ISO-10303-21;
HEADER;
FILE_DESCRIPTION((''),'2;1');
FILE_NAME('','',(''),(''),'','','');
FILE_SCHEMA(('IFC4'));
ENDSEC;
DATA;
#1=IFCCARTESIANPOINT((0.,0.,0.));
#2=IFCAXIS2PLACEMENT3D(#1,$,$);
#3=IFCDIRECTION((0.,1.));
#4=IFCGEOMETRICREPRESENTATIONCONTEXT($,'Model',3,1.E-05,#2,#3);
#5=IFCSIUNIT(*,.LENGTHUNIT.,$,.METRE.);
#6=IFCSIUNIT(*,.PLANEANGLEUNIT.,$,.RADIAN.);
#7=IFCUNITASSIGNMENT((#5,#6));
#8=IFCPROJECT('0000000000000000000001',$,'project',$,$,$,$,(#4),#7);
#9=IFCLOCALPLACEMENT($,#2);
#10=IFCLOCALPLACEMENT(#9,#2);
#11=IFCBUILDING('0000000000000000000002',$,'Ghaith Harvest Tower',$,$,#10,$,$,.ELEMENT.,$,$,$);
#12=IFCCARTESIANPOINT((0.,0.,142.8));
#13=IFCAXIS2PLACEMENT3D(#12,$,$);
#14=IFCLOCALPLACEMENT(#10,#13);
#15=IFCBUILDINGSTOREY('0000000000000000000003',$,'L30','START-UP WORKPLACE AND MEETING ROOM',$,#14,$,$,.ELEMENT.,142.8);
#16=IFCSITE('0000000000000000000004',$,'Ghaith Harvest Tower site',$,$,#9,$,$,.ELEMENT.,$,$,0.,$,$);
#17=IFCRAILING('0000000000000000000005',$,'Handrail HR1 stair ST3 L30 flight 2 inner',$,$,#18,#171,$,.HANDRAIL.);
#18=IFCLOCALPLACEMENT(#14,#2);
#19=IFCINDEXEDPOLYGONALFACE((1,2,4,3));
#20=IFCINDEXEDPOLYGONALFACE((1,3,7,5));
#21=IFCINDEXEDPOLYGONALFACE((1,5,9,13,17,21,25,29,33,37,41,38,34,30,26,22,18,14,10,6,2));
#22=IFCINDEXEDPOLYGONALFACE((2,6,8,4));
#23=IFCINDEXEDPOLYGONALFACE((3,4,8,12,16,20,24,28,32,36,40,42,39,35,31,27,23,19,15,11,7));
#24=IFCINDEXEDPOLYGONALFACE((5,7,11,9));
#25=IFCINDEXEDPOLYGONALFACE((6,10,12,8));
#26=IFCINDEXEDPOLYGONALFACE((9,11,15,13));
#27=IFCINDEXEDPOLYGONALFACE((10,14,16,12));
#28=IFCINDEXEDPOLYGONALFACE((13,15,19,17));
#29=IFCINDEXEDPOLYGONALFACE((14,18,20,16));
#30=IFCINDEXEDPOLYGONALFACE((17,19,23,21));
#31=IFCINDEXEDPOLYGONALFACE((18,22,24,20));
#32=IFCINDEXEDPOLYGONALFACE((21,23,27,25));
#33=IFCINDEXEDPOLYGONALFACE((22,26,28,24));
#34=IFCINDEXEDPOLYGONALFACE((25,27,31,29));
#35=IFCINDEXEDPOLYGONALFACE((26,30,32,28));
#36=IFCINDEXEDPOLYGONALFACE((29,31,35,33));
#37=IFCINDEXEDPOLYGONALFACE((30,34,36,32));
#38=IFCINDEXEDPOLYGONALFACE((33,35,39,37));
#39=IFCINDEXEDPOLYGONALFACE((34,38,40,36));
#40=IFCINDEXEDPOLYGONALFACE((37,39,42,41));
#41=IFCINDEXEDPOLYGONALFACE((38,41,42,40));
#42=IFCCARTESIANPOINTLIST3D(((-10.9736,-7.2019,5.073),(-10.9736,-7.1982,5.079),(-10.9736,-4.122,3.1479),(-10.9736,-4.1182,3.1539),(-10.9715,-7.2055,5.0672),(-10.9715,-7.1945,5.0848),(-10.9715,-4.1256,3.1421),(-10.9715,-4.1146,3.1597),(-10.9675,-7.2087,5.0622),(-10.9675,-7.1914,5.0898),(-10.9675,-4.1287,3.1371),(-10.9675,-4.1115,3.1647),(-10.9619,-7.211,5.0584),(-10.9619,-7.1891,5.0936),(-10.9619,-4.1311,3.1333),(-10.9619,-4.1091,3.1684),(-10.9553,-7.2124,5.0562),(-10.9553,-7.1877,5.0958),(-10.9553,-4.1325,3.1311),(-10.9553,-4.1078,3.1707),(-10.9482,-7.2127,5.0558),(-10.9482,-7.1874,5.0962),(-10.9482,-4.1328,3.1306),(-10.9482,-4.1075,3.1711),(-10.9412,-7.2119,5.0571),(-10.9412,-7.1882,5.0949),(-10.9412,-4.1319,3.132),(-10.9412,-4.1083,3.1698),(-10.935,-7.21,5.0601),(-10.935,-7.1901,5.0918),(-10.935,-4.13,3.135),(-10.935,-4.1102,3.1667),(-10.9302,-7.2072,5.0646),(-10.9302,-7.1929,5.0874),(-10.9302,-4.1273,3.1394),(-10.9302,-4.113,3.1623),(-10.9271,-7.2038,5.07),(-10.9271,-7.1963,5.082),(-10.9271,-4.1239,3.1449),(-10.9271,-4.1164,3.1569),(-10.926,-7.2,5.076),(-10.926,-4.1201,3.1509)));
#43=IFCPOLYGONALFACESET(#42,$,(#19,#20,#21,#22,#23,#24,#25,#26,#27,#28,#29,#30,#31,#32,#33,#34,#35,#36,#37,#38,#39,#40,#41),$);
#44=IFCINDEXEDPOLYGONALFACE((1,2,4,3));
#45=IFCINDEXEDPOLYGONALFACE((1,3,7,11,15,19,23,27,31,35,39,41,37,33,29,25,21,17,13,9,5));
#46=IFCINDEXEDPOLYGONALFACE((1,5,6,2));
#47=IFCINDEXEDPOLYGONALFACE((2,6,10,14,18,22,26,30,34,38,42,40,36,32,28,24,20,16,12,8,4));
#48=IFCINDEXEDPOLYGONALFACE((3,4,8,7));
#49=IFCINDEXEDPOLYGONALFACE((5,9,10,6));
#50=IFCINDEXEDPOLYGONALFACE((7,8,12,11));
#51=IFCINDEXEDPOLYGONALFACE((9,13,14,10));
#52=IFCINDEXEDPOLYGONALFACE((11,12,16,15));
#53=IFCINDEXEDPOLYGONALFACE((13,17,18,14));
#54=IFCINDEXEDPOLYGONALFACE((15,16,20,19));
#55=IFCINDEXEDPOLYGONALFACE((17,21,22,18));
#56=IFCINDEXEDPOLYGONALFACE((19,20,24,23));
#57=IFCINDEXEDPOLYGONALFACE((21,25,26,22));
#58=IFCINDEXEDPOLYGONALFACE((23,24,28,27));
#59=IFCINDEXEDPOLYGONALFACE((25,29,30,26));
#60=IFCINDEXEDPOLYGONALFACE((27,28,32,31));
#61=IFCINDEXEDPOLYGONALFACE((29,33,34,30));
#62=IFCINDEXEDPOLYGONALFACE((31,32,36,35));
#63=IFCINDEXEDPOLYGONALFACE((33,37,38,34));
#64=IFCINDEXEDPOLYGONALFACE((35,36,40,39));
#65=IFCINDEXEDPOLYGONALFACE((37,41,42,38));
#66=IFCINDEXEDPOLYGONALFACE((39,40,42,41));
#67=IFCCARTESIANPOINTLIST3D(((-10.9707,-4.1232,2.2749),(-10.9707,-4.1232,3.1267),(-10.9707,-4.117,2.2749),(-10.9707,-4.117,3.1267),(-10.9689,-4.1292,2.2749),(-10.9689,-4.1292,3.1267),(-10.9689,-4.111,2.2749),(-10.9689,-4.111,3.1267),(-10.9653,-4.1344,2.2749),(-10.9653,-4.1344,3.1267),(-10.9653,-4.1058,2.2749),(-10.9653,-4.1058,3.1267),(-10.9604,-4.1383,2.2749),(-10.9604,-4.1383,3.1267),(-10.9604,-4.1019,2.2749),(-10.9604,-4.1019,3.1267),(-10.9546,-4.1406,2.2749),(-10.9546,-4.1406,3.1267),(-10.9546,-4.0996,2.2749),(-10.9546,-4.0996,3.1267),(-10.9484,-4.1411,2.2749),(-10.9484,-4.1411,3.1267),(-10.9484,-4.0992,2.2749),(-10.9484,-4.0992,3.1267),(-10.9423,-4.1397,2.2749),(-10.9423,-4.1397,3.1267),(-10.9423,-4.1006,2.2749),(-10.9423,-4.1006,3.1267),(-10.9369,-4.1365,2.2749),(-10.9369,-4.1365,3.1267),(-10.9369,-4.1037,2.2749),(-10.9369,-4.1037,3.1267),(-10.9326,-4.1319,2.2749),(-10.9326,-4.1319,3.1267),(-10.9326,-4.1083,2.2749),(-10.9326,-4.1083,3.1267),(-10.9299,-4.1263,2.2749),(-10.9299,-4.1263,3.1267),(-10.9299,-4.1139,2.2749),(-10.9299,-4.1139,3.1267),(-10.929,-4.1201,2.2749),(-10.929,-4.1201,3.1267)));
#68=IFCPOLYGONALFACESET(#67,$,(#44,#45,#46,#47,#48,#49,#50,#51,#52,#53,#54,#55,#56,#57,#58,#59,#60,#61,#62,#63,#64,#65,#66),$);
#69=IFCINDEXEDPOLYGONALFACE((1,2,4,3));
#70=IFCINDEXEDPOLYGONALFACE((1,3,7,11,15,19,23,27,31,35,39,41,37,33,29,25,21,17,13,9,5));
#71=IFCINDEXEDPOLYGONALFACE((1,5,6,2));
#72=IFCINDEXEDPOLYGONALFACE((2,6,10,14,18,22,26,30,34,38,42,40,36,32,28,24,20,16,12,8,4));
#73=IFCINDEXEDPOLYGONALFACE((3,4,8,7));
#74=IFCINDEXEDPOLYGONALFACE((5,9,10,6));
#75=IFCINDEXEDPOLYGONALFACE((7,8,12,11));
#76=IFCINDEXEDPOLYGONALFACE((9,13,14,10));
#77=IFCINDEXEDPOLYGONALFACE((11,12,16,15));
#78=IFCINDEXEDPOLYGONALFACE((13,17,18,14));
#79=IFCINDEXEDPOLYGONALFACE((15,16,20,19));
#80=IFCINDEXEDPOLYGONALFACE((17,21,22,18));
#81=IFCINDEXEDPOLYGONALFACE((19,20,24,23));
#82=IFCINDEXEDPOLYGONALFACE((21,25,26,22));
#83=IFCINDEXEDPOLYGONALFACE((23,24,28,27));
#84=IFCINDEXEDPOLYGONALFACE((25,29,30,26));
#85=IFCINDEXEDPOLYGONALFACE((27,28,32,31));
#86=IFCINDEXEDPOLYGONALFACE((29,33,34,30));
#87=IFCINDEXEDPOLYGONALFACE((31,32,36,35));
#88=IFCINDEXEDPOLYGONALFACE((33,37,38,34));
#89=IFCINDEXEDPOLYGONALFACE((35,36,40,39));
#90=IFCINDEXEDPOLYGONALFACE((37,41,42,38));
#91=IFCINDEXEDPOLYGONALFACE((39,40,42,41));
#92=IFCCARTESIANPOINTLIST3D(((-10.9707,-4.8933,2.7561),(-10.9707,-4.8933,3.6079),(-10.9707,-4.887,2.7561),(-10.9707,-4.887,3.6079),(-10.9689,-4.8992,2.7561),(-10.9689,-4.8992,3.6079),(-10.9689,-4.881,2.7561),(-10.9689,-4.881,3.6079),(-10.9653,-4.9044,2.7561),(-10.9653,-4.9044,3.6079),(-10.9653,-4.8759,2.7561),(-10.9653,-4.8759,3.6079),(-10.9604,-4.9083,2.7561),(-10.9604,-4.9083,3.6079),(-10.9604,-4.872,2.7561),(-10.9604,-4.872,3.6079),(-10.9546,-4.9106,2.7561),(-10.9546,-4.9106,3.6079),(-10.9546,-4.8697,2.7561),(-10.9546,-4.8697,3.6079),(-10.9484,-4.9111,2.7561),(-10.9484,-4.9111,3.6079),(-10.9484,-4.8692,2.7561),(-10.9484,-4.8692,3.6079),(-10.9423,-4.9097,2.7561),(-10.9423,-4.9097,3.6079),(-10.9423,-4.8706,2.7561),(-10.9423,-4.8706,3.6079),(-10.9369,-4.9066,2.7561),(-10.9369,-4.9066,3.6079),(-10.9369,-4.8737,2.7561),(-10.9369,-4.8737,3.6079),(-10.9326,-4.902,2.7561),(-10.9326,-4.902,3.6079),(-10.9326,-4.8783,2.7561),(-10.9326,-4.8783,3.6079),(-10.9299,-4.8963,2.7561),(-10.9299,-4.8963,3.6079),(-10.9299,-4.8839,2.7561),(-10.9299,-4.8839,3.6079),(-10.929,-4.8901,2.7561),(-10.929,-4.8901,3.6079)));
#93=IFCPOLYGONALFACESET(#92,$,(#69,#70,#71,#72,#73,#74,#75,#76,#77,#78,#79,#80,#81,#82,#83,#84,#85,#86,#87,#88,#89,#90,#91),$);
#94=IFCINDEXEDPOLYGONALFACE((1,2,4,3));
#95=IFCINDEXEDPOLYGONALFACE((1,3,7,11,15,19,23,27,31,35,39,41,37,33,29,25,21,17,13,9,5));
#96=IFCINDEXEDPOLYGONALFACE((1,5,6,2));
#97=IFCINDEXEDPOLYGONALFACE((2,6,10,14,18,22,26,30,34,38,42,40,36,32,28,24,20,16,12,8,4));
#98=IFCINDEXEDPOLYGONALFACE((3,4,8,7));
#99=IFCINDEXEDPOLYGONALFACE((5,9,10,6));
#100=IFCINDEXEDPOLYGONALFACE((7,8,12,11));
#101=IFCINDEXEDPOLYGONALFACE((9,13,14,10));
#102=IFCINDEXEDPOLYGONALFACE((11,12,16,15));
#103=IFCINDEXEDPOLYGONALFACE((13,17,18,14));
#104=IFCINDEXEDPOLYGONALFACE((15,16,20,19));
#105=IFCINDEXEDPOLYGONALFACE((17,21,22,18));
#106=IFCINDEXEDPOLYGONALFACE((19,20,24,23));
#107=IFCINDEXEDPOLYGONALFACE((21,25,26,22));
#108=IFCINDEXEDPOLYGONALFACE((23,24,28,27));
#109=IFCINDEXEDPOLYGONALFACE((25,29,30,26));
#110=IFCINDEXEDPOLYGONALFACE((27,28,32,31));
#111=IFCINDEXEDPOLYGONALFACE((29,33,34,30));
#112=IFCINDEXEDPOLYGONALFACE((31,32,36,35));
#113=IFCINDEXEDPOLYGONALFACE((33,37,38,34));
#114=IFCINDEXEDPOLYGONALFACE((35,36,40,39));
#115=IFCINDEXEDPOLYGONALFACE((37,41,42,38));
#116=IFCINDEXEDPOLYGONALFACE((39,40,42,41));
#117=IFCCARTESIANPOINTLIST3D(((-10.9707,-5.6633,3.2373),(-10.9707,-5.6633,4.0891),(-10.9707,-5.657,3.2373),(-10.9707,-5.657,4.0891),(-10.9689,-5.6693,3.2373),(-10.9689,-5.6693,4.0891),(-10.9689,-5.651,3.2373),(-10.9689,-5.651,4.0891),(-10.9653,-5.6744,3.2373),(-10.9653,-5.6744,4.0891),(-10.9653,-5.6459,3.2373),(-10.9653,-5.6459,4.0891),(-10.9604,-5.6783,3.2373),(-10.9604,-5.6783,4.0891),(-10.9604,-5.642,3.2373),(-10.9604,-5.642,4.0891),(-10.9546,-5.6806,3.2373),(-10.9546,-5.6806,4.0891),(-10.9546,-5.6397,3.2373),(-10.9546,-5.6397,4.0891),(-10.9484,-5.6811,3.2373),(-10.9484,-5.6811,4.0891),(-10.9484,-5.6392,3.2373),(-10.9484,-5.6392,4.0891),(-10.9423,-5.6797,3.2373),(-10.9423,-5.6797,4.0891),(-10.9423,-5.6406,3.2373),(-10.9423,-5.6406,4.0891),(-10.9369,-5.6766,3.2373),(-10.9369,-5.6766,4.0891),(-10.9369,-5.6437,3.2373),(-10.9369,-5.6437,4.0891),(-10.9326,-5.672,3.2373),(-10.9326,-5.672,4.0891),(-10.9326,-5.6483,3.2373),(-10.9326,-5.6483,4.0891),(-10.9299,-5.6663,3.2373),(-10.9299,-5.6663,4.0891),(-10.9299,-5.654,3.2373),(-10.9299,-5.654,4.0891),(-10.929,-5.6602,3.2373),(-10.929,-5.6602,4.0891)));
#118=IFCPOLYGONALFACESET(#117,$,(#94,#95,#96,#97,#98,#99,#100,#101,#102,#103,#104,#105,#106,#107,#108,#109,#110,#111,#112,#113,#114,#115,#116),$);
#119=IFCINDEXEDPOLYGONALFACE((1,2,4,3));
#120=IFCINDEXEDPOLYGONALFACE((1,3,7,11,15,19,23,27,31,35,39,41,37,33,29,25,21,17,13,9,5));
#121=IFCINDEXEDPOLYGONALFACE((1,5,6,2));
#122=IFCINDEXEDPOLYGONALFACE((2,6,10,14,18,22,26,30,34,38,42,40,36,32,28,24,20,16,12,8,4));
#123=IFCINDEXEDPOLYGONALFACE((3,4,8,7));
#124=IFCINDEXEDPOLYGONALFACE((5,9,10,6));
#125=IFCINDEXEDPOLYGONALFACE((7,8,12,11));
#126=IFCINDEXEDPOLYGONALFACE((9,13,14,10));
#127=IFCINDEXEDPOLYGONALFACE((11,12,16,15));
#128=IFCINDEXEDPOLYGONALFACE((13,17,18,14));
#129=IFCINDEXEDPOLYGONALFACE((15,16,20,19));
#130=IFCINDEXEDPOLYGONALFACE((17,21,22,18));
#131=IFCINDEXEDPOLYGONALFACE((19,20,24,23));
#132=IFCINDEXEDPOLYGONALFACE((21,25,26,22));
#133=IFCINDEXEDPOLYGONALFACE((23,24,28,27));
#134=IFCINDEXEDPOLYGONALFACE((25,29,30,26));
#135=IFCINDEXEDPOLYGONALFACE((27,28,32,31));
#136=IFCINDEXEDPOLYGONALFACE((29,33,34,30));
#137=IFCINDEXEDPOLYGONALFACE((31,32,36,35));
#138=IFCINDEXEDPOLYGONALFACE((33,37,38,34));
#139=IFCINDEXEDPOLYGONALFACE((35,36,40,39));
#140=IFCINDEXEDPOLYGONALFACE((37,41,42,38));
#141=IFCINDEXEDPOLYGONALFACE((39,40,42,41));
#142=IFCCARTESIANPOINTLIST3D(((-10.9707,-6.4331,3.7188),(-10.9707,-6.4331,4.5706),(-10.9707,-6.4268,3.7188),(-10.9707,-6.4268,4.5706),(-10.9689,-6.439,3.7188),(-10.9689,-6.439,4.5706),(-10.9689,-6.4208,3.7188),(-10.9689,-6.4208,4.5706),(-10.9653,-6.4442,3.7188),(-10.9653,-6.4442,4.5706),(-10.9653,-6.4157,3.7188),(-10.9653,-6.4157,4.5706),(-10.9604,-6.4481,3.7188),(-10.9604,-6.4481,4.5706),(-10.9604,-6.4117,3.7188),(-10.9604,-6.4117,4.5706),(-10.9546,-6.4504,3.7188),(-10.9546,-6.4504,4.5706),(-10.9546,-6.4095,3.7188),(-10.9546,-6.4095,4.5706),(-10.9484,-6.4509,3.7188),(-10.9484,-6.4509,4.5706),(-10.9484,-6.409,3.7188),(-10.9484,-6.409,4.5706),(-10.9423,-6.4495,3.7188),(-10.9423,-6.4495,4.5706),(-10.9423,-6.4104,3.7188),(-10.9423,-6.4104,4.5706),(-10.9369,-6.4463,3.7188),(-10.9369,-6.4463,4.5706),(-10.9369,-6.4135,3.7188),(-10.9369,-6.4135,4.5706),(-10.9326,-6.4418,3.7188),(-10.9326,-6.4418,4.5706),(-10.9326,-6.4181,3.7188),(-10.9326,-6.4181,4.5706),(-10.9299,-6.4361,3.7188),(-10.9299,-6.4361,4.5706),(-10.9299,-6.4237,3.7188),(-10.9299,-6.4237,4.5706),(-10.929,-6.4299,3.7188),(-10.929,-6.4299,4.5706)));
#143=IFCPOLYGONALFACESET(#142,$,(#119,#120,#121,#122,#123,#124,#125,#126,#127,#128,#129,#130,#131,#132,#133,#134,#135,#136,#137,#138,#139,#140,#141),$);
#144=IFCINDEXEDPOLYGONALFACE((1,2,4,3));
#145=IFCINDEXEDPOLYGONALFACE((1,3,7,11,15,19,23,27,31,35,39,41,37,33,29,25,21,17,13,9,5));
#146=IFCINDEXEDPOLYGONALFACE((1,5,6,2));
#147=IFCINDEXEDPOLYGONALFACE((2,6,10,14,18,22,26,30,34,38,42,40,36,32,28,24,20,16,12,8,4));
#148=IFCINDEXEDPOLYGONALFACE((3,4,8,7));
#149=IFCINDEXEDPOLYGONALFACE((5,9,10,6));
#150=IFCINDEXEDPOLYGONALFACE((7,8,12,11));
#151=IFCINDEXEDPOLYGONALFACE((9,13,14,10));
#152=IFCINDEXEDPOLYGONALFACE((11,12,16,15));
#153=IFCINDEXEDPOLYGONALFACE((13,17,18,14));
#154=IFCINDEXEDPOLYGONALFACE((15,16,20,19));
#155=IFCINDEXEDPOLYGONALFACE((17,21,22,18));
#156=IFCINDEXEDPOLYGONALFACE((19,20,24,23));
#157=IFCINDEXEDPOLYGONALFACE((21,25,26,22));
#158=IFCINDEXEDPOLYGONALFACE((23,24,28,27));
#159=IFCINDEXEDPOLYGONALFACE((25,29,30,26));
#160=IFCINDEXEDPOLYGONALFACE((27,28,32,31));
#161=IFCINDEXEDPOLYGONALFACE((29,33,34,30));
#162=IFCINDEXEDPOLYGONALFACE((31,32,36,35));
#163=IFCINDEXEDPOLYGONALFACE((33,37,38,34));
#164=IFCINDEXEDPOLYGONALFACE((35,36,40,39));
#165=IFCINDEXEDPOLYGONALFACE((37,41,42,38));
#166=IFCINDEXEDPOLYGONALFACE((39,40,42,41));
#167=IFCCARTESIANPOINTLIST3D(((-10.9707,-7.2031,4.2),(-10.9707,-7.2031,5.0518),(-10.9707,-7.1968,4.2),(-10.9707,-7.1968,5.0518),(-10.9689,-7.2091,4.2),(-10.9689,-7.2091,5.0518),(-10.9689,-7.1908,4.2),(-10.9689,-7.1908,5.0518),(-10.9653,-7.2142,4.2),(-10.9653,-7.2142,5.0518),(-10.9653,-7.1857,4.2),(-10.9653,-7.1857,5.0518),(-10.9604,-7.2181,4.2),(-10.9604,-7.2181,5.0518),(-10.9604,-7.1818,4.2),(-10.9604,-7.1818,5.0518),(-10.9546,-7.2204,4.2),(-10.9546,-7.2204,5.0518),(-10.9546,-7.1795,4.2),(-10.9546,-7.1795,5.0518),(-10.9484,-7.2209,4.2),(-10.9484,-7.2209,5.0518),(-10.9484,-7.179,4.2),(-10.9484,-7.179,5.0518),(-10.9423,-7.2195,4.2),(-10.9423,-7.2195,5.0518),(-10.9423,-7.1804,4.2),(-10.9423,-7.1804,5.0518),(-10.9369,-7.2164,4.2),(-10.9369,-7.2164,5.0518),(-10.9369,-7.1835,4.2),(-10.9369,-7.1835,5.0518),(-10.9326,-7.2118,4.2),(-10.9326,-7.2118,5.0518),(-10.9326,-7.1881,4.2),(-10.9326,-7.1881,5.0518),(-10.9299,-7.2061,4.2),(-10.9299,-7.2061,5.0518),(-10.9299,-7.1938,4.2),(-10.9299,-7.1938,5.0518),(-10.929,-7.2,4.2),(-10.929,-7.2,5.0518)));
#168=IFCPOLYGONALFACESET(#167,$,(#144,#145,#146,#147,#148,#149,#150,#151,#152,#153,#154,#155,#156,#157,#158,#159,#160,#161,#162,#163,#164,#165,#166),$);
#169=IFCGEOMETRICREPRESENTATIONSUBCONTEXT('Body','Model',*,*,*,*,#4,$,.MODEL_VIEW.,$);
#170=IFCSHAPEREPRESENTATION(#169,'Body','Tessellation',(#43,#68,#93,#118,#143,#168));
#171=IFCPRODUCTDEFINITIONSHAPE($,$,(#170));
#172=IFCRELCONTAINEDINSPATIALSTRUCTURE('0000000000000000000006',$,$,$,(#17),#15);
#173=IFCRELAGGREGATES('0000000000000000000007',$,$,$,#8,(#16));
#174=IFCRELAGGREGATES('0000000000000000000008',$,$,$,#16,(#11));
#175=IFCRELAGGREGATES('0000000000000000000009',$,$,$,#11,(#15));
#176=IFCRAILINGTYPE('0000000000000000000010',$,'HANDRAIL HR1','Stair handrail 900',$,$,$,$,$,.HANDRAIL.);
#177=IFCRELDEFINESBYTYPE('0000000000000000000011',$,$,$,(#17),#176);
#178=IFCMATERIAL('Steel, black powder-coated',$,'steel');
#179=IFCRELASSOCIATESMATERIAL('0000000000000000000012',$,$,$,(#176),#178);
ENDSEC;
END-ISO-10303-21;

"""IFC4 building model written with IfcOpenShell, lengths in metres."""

from ifc_helpers import new_model, si_unit, direction, frame, origin, origin_2d, place, context, subcontext, project, spatial, circle, extrude, material, type_object, element, save


model = new_model("IFC4")

# Units and contexts
model_context = context("Model", 3, precision=1e-05, world=origin(), true_north=direction((0.0, 1.0)))
body_context = subcontext(model_context, "Body", "Model", "MODEL_VIEW")
ifc_project = project(units=[si_unit("LENGTHUNIT", "METRE"), si_unit("PLANEANGLEUNIT", "RADIAN")], contexts=[model_context])

# Site, building, storey
site_placement = place(None, origin())
site = spatial("IfcSite", under=ifc_project, at=site_placement, Name="Ghaith Harvest Tower site", CompositionType="ELEMENT", RefElevation=0.0)
building_placement = place(site_placement, origin())
building = spatial("IfcBuilding", under=site, at=building_placement, Name="Ghaith Harvest Tower", CompositionType="ELEMENT")
storey_placement = place(building_placement, frame((0.0, 0.0, 142.8)))
storey = spatial("IfcBuildingStorey", under=building, at=storey_placement, Name="L30", Description="START-UP WORKPLACE AND MEETING ROOM", CompositionType="ELEMENT", Elevation=142.8)

# Railing
ifc_material_1 = material(Name="Steel, black powder-coated", Category="steel")
railing_type = type_object("IfcRailingType", Name="HANDRAIL HR1", Description="Stair handrail 900", PredefinedType="HANDRAIL", material=ifc_material_1)
railing_1_placement = place(storey_placement, frame((-10.95, -4.1201, 2.2749)))
element("IfcRailing", 1, at=railing_1_placement, inside=storey, type_object=railing_type, Name="Handrail HR1 stair ST3 L30 flight 2 inner", PredefinedType="HANDRAIL", context=body_context, shape_type="SweptSolid", body=[
    extrude(circle(Radius=0.0239, at=origin_2d()), frame((0.0, 0.0, 0.876), z_axis=(0.0, -0.847979, 0.530029), x_axis=(1.0, 0.0, 0.0)), (0.0, 0.0, 1.0), 3.6321),
    extrude(circle(Radius=0.021, at=origin_2d()), origin(), (0.0, 0.0, 1.0), 0.8518),
    extrude(circle(Radius=0.021, at=origin_2d()), frame((0.0, -0.77, 0.4812)), (0.0, 0.0, 1.0), 0.8518),
    extrude(circle(Radius=0.021, at=origin_2d()), frame((0.0, -1.54, 0.9624)), (0.0, 0.0, 1.0), 0.8518),
    extrude(circle(Radius=0.021, at=origin_2d()), frame((0.0, -2.3098, 1.4438)), (0.0, 0.0, 1.0), 0.8518),
    extrude(circle(Radius=0.021, at=origin_2d()), frame((0.0, -3.0798, 1.925)), (0.0, 0.0, 1.0), 0.8518),
])

save(model, "model.ifc")
